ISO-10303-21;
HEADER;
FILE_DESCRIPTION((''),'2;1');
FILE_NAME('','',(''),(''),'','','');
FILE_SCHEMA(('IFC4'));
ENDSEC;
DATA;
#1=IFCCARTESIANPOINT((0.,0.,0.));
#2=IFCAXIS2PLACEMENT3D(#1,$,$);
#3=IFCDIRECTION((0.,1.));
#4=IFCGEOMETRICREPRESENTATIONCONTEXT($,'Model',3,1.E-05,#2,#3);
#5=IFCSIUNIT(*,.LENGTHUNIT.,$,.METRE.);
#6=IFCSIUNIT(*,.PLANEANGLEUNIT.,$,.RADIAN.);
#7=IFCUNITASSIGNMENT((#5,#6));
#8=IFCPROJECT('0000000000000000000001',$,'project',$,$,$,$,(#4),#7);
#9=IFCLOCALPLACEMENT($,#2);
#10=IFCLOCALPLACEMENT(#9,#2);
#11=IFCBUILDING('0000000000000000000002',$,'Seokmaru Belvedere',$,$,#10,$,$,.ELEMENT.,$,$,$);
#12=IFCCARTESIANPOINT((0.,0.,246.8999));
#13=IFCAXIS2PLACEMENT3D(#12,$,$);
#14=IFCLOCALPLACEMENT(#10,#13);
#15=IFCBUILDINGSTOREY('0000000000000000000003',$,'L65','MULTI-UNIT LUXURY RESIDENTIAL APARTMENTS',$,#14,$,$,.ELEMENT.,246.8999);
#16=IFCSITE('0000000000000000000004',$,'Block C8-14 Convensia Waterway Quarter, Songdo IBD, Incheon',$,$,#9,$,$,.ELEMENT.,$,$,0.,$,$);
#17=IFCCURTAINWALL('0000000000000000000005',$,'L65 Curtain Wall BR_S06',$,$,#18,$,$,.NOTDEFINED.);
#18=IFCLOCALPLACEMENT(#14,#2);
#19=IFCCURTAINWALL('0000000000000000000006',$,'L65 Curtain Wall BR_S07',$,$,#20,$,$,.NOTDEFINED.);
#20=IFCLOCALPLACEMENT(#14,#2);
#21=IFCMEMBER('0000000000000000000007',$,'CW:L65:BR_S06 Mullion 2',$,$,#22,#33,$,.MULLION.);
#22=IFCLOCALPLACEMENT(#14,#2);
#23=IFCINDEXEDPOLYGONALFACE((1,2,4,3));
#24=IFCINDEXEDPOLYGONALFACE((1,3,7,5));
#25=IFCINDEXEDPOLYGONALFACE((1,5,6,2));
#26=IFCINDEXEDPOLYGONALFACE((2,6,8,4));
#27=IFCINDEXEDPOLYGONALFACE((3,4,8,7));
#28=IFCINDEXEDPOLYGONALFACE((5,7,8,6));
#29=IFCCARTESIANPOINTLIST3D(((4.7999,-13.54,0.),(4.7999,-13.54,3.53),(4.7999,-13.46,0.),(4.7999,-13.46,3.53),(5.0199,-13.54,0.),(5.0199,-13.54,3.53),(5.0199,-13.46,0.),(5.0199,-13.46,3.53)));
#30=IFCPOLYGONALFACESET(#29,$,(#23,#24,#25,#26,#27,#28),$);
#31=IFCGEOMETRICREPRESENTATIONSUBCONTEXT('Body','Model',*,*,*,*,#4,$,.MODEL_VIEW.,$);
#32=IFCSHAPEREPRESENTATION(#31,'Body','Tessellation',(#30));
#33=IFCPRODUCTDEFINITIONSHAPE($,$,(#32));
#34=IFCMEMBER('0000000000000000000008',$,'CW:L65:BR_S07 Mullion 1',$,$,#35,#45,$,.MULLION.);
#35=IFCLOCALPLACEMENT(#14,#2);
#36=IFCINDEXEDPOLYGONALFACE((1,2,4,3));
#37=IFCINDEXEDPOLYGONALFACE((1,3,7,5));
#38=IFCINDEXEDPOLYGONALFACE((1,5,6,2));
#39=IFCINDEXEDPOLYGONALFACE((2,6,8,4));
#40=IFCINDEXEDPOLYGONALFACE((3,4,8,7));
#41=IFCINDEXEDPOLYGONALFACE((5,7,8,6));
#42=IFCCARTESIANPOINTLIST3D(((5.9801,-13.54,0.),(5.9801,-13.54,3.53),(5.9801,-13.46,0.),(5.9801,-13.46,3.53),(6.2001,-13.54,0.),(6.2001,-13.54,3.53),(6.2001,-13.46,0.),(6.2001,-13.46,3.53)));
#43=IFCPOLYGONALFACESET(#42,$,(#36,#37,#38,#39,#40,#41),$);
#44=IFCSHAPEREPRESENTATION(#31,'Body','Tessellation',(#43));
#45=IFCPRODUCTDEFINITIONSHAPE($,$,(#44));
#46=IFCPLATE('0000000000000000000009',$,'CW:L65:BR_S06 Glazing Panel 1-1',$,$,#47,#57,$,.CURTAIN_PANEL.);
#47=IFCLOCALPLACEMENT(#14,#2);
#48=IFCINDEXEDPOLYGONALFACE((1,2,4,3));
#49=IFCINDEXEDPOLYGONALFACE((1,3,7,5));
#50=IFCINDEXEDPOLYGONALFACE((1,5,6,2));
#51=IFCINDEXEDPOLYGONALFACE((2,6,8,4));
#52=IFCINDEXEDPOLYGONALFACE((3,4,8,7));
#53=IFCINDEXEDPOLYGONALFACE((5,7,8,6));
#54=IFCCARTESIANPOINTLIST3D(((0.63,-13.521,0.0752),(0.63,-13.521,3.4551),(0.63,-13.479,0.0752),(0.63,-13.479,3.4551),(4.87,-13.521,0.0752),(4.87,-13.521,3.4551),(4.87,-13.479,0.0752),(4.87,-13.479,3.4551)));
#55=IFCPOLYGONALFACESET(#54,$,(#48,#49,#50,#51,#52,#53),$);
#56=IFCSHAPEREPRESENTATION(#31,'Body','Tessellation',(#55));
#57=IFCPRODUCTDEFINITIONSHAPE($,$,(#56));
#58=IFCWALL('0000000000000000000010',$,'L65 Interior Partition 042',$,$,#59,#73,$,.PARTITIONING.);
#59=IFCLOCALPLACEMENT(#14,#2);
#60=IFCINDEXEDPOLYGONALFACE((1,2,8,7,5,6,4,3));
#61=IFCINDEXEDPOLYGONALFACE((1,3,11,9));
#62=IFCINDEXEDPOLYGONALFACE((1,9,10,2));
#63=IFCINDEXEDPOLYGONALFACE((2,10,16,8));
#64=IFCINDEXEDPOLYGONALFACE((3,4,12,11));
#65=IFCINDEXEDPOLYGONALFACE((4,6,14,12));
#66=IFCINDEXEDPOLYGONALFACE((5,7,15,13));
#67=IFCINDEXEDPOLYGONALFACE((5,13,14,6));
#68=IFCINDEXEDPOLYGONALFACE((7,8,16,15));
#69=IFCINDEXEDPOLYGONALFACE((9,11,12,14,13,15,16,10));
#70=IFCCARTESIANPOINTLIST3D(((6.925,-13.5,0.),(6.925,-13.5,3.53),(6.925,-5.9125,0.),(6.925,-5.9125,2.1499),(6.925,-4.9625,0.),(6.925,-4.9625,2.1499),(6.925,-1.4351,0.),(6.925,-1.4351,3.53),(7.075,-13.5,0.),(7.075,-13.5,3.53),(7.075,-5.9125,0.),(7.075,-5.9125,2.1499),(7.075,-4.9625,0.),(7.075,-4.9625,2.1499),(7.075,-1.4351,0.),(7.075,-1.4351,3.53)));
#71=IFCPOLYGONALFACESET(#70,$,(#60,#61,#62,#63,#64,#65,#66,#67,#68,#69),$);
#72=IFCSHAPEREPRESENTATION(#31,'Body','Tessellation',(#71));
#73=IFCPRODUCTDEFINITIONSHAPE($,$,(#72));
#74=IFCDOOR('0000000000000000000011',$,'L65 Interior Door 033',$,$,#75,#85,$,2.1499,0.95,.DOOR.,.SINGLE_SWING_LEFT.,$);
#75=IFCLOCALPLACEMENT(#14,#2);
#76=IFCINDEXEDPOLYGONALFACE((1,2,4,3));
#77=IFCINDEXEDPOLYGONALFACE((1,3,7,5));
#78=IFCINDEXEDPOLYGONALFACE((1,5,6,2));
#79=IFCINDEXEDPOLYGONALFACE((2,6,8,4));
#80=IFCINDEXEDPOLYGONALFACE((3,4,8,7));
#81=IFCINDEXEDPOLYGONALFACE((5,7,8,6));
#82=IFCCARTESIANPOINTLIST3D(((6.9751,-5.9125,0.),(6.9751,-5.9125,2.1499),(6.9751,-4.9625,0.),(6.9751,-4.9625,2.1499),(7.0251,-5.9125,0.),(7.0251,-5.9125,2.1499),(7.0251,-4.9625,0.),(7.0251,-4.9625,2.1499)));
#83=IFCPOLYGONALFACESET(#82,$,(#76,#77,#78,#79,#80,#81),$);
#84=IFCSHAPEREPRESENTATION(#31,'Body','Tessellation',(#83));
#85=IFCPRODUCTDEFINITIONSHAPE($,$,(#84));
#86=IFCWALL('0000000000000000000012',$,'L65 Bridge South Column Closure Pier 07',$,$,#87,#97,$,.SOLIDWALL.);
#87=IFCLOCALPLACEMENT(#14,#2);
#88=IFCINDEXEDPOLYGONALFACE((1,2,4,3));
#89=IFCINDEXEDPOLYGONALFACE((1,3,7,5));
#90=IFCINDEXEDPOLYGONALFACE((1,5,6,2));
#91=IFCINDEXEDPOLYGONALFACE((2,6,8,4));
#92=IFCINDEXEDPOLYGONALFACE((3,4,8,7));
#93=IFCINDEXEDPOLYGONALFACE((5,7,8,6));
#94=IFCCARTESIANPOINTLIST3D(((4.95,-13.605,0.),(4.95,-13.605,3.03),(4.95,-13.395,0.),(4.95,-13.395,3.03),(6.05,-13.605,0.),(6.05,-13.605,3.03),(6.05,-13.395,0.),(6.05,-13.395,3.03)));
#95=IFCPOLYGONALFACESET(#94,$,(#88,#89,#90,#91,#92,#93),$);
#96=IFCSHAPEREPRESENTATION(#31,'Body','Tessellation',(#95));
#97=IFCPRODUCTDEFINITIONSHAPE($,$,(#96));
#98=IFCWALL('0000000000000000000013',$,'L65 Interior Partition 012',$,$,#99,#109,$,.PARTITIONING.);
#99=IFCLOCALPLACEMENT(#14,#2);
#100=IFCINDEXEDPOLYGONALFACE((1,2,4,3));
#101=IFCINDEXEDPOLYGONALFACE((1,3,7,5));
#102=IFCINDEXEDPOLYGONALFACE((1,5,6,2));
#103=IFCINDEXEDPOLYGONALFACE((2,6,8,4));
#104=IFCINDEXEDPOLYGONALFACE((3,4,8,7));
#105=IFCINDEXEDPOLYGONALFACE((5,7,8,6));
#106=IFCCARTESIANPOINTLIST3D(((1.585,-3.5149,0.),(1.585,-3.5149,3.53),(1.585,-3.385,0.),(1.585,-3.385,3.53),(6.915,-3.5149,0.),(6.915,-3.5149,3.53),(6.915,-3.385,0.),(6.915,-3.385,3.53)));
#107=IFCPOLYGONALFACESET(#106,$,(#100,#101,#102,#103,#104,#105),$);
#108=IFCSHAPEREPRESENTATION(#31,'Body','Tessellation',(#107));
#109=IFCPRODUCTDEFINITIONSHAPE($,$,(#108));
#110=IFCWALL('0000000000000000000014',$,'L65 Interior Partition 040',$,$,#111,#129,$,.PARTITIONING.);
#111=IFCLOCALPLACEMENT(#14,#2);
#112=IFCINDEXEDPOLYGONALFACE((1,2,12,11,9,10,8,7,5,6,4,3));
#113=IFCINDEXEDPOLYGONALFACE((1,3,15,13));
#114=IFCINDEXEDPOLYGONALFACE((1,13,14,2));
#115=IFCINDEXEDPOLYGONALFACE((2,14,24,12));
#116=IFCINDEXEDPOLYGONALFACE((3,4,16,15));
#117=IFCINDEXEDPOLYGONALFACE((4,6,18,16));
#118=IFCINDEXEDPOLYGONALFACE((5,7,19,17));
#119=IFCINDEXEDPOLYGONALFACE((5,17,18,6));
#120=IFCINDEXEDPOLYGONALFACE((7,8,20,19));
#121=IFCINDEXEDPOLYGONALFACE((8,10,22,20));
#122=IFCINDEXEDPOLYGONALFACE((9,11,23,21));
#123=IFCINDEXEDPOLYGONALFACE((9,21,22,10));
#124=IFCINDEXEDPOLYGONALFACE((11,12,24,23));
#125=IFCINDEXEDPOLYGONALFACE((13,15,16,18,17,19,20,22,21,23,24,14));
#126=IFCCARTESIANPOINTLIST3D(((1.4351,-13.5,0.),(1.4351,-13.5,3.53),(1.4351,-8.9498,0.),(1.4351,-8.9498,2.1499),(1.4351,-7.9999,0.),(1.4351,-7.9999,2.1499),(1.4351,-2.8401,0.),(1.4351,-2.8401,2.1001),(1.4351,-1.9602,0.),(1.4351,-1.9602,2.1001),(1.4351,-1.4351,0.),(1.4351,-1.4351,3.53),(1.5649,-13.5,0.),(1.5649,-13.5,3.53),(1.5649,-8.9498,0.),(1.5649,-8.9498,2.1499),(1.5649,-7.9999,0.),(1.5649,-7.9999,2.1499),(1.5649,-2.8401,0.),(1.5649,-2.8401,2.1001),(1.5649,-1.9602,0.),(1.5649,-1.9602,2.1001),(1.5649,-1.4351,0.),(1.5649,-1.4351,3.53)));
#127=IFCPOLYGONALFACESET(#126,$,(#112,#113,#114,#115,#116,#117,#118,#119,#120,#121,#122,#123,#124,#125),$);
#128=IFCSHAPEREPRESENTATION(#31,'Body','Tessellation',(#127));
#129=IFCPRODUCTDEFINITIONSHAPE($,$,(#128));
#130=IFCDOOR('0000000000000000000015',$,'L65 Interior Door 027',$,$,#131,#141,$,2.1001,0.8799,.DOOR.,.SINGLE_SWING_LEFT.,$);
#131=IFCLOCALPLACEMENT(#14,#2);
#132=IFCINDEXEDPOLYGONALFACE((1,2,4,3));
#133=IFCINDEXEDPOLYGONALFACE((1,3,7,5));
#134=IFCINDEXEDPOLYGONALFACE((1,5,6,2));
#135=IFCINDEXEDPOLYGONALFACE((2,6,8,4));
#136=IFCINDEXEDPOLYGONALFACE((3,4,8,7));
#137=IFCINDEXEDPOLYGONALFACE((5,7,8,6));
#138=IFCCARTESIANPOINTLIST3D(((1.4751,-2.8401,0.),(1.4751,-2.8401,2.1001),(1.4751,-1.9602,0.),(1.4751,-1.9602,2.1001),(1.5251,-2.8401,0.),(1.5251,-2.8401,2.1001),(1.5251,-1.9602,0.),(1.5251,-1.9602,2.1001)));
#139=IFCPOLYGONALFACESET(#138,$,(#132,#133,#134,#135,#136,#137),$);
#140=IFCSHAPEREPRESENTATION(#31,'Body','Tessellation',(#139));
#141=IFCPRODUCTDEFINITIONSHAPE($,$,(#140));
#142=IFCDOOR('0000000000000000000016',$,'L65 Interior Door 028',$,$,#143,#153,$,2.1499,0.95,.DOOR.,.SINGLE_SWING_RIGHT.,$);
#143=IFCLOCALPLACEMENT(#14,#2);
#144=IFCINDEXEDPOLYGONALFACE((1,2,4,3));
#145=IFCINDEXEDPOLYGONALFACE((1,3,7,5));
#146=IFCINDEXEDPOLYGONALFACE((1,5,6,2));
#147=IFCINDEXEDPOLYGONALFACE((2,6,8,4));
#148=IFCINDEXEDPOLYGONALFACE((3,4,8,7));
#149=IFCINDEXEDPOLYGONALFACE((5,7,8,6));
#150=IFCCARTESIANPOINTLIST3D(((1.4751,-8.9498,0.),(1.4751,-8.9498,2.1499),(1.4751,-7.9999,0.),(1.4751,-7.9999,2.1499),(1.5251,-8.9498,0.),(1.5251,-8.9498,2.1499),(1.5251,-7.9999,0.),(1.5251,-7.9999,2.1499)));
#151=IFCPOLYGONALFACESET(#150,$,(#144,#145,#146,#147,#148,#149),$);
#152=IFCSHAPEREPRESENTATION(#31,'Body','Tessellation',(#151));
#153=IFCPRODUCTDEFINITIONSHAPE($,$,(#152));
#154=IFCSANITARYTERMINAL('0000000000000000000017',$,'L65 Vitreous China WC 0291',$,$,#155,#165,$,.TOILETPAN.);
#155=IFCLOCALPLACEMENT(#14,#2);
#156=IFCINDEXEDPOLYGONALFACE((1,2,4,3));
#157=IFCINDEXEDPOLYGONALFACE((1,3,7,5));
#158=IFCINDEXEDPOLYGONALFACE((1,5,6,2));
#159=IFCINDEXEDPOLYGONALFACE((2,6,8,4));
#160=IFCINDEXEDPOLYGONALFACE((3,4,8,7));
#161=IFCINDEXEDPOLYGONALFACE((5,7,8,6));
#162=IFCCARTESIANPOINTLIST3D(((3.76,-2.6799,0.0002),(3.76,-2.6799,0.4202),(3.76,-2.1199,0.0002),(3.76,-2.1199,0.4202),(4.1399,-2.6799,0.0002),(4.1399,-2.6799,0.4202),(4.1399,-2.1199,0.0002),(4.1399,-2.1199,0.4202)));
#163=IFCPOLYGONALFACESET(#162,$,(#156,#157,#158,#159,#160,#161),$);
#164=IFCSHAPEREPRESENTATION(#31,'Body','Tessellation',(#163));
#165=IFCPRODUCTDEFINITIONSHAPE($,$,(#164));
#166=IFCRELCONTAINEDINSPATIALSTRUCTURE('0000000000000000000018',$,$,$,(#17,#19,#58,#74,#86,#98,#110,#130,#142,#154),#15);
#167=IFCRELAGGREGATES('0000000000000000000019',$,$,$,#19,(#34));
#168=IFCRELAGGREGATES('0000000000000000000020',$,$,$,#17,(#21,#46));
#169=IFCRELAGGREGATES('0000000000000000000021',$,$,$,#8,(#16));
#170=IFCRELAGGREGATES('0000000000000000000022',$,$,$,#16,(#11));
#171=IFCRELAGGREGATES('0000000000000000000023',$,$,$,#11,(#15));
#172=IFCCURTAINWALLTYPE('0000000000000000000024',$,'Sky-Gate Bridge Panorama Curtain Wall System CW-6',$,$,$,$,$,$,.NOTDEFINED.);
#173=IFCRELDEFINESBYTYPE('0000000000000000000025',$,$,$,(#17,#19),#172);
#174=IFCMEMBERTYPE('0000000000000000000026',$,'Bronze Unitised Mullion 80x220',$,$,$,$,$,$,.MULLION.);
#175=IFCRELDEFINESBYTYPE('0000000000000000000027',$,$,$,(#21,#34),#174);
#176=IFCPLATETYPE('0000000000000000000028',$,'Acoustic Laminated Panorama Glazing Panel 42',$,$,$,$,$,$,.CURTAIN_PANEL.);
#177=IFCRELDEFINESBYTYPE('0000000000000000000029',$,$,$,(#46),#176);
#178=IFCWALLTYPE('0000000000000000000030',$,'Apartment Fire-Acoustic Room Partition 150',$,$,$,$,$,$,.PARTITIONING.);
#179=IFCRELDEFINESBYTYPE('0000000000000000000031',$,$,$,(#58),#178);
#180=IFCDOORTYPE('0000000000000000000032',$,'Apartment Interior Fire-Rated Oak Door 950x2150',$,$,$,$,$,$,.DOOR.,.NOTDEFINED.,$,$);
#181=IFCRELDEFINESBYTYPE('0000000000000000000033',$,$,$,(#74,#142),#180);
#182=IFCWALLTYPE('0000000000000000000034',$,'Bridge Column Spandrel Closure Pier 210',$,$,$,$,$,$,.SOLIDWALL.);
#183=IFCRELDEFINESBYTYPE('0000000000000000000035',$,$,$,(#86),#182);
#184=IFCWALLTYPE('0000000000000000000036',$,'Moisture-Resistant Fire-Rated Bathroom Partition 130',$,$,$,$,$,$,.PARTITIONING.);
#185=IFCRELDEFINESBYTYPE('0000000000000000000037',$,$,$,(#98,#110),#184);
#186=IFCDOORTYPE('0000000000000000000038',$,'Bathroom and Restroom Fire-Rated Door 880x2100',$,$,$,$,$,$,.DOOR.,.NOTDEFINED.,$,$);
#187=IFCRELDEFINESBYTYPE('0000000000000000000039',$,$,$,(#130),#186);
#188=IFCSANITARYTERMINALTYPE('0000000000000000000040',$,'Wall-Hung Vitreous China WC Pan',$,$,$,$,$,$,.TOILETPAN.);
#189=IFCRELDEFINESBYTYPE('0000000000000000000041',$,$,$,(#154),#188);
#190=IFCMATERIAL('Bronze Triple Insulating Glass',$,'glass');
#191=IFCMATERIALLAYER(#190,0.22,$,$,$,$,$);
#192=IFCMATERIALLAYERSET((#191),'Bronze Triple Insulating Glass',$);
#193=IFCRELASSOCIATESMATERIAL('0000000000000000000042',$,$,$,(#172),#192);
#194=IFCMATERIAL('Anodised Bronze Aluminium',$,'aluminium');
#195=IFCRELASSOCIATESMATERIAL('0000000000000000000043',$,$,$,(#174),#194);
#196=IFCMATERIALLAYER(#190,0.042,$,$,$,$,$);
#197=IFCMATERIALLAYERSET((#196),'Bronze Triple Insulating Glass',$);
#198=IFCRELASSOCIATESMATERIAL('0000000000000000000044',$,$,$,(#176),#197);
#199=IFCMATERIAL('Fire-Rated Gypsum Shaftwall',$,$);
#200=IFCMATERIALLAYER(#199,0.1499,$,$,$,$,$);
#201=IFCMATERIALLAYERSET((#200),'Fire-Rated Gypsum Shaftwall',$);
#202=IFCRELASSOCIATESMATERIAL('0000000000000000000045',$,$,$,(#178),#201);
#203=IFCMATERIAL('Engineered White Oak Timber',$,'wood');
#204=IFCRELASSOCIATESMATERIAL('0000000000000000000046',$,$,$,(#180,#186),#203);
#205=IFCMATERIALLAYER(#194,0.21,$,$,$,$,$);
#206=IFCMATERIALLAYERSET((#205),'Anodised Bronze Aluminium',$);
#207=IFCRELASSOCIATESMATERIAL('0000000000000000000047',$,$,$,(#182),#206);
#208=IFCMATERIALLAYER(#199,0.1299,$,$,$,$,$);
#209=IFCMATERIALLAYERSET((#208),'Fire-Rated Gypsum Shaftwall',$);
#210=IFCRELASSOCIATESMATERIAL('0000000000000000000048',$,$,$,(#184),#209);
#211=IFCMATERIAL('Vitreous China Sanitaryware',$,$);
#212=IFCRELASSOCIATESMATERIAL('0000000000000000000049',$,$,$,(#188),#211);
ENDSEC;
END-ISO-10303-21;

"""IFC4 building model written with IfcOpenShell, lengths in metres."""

from ifc_helpers import new_model, si_unit, direction, frame, frame_2d, origin, origin_2d, place, context, subcontext, project, spatial, rectangle, extrude, source, transform, mapped, material, layer, layer_set, material_profile, profile_set, type_object, type_shapes, element, fill, aggregate, save


model = new_model("IFC4")

# Units and contexts
model_context = context("Model", 3, precision=1e-05, world=origin(), true_north=direction((0.0, 1.0)))
body_context = subcontext(model_context, "Body", "Model", "MODEL_VIEW")
ifc_project = project(units=[si_unit("LENGTHUNIT", "METRE"), si_unit("PLANEANGLEUNIT", "RADIAN")], contexts=[model_context])

# Site, building, storey
site_placement = place(None, origin())
site = spatial("IfcSite", under=ifc_project, at=site_placement, Name="Block C8-14 Convensia Waterway Quarter, Songdo IBD, Incheon", CompositionType="ELEMENT", RefElevation=0.0)
building_placement = place(site_placement, origin())
building = spatial("IfcBuilding", under=site, at=building_placement, Name="Seokmaru Belvedere", CompositionType="ELEMENT")
storey_placement = place(building_placement, frame((0.0, 0.0, 246.8999)))
storey = spatial("IfcBuildingStorey", under=building, at=storey_placement, Name="L65", Description="MULTI-UNIT LUXURY RESIDENTIAL APARTMENTS", CompositionType="ELEMENT", Elevation=246.8999)

# Curtain walls
ifc_material_1 = material(Name="Bronze Triple Insulating Glass", Category="glass")
ifc_layer_1 = layer(ifc_material_1, 0.22)
ifc_layer_set_1 = layer_set([ifc_layer_1], Name="Bronze Triple Insulating Glass")
curtain_wall_type = type_object("IfcCurtainWallType", Name="Sky-Gate Bridge Panorama Curtain Wall System CW-6", PredefinedType="NOTDEFINED", material=ifc_layer_set_1)
curtain_wall_1_placement = place(storey_placement, origin())
curtain_wall_1 = element("IfcCurtainWall", 1, at=curtain_wall_1_placement, inside=storey, type_object=curtain_wall_type, Name="L65 Curtain Wall BR_S06", PredefinedType="NOTDEFINED")
ifc_material_2 = material(Name="Anodised Bronze Aluminium", Category="aluminium")
curtain_wall_2_placement = place(storey_placement, origin())
curtain_wall_2 = element("IfcCurtainWall", 2, at=curtain_wall_2_placement, inside=storey, type_object=curtain_wall_type, Name="L65 Curtain Wall BR_S07", PredefinedType="NOTDEFINED")

# Members
ifc_material_profile_1 = material_profile(ifc_material_2, rectangle(XDim=0.0801, YDim=0.22, at=origin_2d()), Name="CW-M-80x220")
ifc_profile_set_1 = profile_set([ifc_material_profile_1], Name="Anodised Bronze Aluminium")
member_type_1 = type_object("IfcMemberType", Name="Bronze Unitised Mullion 80x220", PredefinedType="MULLION", material=ifc_profile_set_1)
shared_shape_1 = source(origin(), body_context, "Body", "SweptSolid", [
    extrude(rectangle(XDim=0.0801, YDim=0.22, at=origin_2d()), origin(), (0.0, 0.0, 1.0), 3.53),
])
type_shapes(member_type_1, [shared_shape_1])
member_1_placement = place(storey_placement, frame((4.9099, -13.5, 0.0), z_axis=(0.0, 0.0, 1.0), x_axis=(0.0, 1.0, 0.0)))
member_1 = element("IfcMember", 3, at=member_1_placement, type_object=member_type_1, Name="CW:L65:BR_S06 Mullion 2", PredefinedType="MULLION", context=body_context, shape_type="MappedRepresentation", body=[
    mapped(shared_shape_1, transform((0.0, 0.0, 0.0), scale=1.0)),
])
member_2_placement = place(storey_placement, frame((6.0901, -13.5, 0.0), z_axis=(0.0, 0.0, 1.0), x_axis=(0.0, 1.0, 0.0)))
member_2 = element("IfcMember", 4, at=member_2_placement, type_object=member_type_1, Name="CW:L65:BR_S07 Mullion 1", PredefinedType="MULLION", context=body_context, shape_type="MappedRepresentation", body=[
    mapped(shared_shape_1, transform((0.0, 0.0, 0.0), scale=1.0)),
])
aggregate(curtain_wall_2, [member_2])

# Plate
ifc_layer_2 = layer(ifc_material_1, 0.042)
ifc_layer_set_2 = layer_set([ifc_layer_2], Name="Bronze Triple Insulating Glass")
plate_type = type_object("IfcPlateType", Name="Acoustic Laminated Panorama Glazing Panel 42", PredefinedType="CURTAIN_PANEL", material=ifc_layer_set_2)
shared_shape_2 = source(origin(), body_context, "Body", "SweptSolid", [
    extrude(rectangle(XDim=4.24, YDim=0.042, at=origin_2d()), origin(), (0.0, 0.0, 1.0), 3.3799),
])
type_shapes(plate_type, [shared_shape_2])
plate_placement = place(storey_placement, frame((2.75, -13.5, 0.0752), z_axis=(0.0, 0.0, 1.0), x_axis=(1.0, 0.0, 0.0)))
plate = element("IfcPlate", 5, at=plate_placement, type_object=plate_type, Name="CW:L65:BR_S06 Glazing Panel 1-1", PredefinedType="CURTAIN_PANEL", context=body_context, shape_type="MappedRepresentation", body=[
    mapped(shared_shape_2, transform((0.0, 0.0, 0.0), scale=1.0)),
])
aggregate(curtain_wall_1, [member_1, plate])

# Wall, opening, door
ifc_material_3 = material(Name="Fire-Rated Gypsum Shaftwall")
ifc_layer_3 = layer(ifc_material_3, 0.1499)
ifc_layer_set_3 = layer_set([ifc_layer_3], Name="Fire-Rated Gypsum Shaftwall")
wall_type_1 = type_object("IfcWallType", Name="Apartment Fire-Acoustic Room Partition 150", PredefinedType="PARTITIONING", material=ifc_layer_set_3)
wall_1_placement = place(storey_placement, frame((7.0, -13.5, 0.0), z_axis=(0.0, 0.0, 1.0), x_axis=(0.0, 1.0, 0.0)))
wall_1 = element("IfcWall", 6, at=wall_1_placement, inside=storey, type_object=wall_type_1, Name="L65 Interior Partition 042", PredefinedType="PARTITIONING", context=body_context, shape_type="SweptSolid", body=[
    extrude(rectangle(XDim=12.0649, YDim=0.1499, at=frame_2d((6.0325, 0.0))), origin(), (0.0, 0.0, 1.0), 3.53),
])
opening_1_placement = place(wall_1_placement, frame((7.5874, 0.0, 0.0)))
opening_1 = element("IfcOpeningElement", 7, at=opening_1_placement, cuts=wall_1, PredefinedType="OPENING", context=body_context, shape_type="SweptSolid", body=[
    extrude(rectangle(XDim=0.95, YDim=2.1499, at=frame_2d((0.4751, 1.075))), frame((0.0, 0.085, 0.0), z_axis=(0.0, -1.0, 0.0), x_axis=(1.0, 0.0, 0.0)), (0.0, 0.0, 1.0), 0.1699),
])
ifc_material_4 = material(Name="Engineered White Oak Timber", Category="wood")
door_type_1 = type_object("IfcDoorType", Name="Apartment Interior Fire-Rated Oak Door 950x2150", OperationType="NOTDEFINED", PredefinedType="DOOR", material=ifc_material_4)
shared_shape_3 = source(origin(), body_context, "Body", "SweptSolid", [
    extrude(rectangle(XDim=0.95, YDim=2.1499, at=frame_2d((0.4751, 1.075))), frame((0.0, 0.0249, 0.0), z_axis=(0.0, -1.0, 0.0), x_axis=(1.0, 0.0, 0.0)), (0.0, 0.0, 1.0), 0.05),
])
type_shapes(door_type_1, [shared_shape_3])
door_1_placement = place(opening_1_placement, origin())
door_1 = element("IfcDoor", 8, at=door_1_placement, inside=storey, type_object=door_type_1, Name="L65 Interior Door 033", OperationType="SINGLE_SWING_LEFT", OverallHeight=2.1499, OverallWidth=0.95, PredefinedType="DOOR", context=body_context, shape_type="MappedRepresentation", body=[
    mapped(shared_shape_3, transform((0.0, 0.0, 0.0), scale=1.0)),
])
fill(opening_1, door_1)

# Walls
ifc_layer_4 = layer(ifc_material_2, 0.21)
ifc_layer_set_4 = layer_set([ifc_layer_4], Name="Anodised Bronze Aluminium")
wall_type_2 = type_object("IfcWallType", Name="Bridge Column Spandrel Closure Pier 210", PredefinedType="SOLIDWALL", material=ifc_layer_set_4)
wall_2_placement = place(storey_placement, frame((4.95, -13.5, 0.0), z_axis=(0.0, 0.0, 1.0), x_axis=(1.0, 0.0, 0.0)))
element("IfcWall", 9, at=wall_2_placement, inside=storey, type_object=wall_type_2, Name="L65 Bridge South Column Closure Pier 07", PredefinedType="SOLIDWALL", context=body_context, shape_type="SweptSolid", body=[
    extrude(rectangle(XDim=1.1001, YDim=0.21, at=frame_2d((0.55, 0.0))), origin(), (0.0, 0.0, 1.0), 3.03),
])
ifc_layer_5 = layer(ifc_material_3, 0.1299)
ifc_layer_set_5 = layer_set([ifc_layer_5], Name="Fire-Rated Gypsum Shaftwall")
wall_type_3 = type_object("IfcWallType", Name="Moisture-Resistant Fire-Rated Bathroom Partition 130", PredefinedType="PARTITIONING", material=ifc_layer_set_5)
wall_3_placement = place(storey_placement, frame((1.585, -3.45, 0.0), z_axis=(0.0, 0.0, 1.0), x_axis=(1.0, 0.0, 0.0)))
element("IfcWall", 10, at=wall_3_placement, inside=storey, type_object=wall_type_3, Name="L65 Interior Partition 012", PredefinedType="PARTITIONING", context=body_context, shape_type="SweptSolid", body=[
    extrude(rectangle(XDim=5.3301, YDim=0.1299, at=frame_2d((2.665, 0.0))), origin(), (0.0, 0.0, 1.0), 3.53),
])

# Wall, openings, doors
wall_4_placement = place(storey_placement, frame((1.5, -13.5, 0.0), z_axis=(0.0, 0.0, 1.0), x_axis=(0.0, 1.0, 0.0)))
wall_4 = element("IfcWall", 11, at=wall_4_placement, inside=storey, type_object=wall_type_3, Name="L65 Interior Partition 040", PredefinedType="PARTITIONING", context=body_context, shape_type="SweptSolid", body=[
    extrude(rectangle(XDim=12.0649, YDim=0.1299, at=frame_2d((6.0325, 0.0))), origin(), (0.0, 0.0, 1.0), 3.53),
])
opening_2_placement = place(wall_4_placement, frame((10.6599, 0.0, 0.0)))
opening_2 = element("IfcOpeningElement", 12, at=opening_2_placement, cuts=wall_4, PredefinedType="OPENING", context=body_context, shape_type="SweptSolid", body=[
    extrude(rectangle(XDim=0.8799, YDim=2.1001, at=frame_2d((0.4399, 1.05))), frame((0.0, 0.075, 0.0), z_axis=(0.0, -1.0, 0.0), x_axis=(1.0, 0.0, 0.0)), (0.0, 0.0, 1.0), 0.1499),
])
opening_3_placement = place(wall_4_placement, frame((4.55, 0.0, 0.0)))
opening_3 = element("IfcOpeningElement", 13, at=opening_3_placement, cuts=wall_4, PredefinedType="OPENING", context=body_context, shape_type="SweptSolid", body=[
    extrude(rectangle(XDim=0.95, YDim=2.1499, at=frame_2d((0.4751, 1.075))), frame((0.0, 0.075, 0.0), z_axis=(0.0, -1.0, 0.0), x_axis=(1.0, 0.0, 0.0)), (0.0, 0.0, 1.0), 0.1499),
])
door_type_2 = type_object("IfcDoorType", Name="Bathroom and Restroom Fire-Rated Door 880x2100", OperationType="NOTDEFINED", PredefinedType="DOOR", material=ifc_material_4)
shared_shape_4 = source(origin(), body_context, "Body", "SweptSolid", [
    extrude(rectangle(XDim=0.8799, YDim=2.1001, at=frame_2d((0.4399, 1.05))), frame((0.0, 0.0249, 0.0), z_axis=(0.0, -1.0, 0.0), x_axis=(1.0, 0.0, 0.0)), (0.0, 0.0, 1.0), 0.05),
])
type_shapes(door_type_2, [shared_shape_4])
door_2_placement = place(opening_2_placement, origin())
door_2 = element("IfcDoor", 14, at=door_2_placement, inside=storey, type_object=door_type_2, Name="L65 Interior Door 027", OperationType="SINGLE_SWING_LEFT", OverallHeight=2.1001, OverallWidth=0.8799, PredefinedType="DOOR", context=body_context, shape_type="MappedRepresentation", body=[
    mapped(shared_shape_4, transform((0.0, 0.0, 0.0), scale=1.0)),
])
fill(opening_2, door_2)
door_3_placement = place(opening_3_placement, origin())
door_3 = element("IfcDoor", 15, at=door_3_placement, inside=storey, type_object=door_type_1, Name="L65 Interior Door 028", OperationType="SINGLE_SWING_RIGHT", OverallHeight=2.1499, OverallWidth=0.95, PredefinedType="DOOR", context=body_context, shape_type="MappedRepresentation", body=[
    mapped(shared_shape_3, transform((0.0, 0.0, 0.0), scale=1.0)),
])
fill(opening_3, door_3)

# Sanitary terminal
ifc_material_5 = material(Name="Vitreous China Sanitaryware")
sanitary_terminal_type_1 = type_object("IfcSanitaryTerminalType", Name="Wall-Hung Vitreous China WC Pan", PredefinedType="TOILETPAN", material=ifc_material_5)
shared_shape_5 = source(origin(), body_context, "Body", "SweptSolid", [
    extrude(rectangle(XDim=0.3799, YDim=0.5601, at=origin_2d()), origin(), (0.0, 0.0, 1.0), 0.4199),
])
type_shapes(sanitary_terminal_type_1, [shared_shape_5])
sanitary_terminal_1_placement = place(storey_placement, frame((3.95, -2.3999, 0.0002), z_axis=(0.0, 0.0, 1.0), x_axis=(1.0, 0.0, 0.0)))
element("IfcSanitaryTerminal", 16, at=sanitary_terminal_1_placement, inside=storey, type_object=sanitary_terminal_type_1, Name="L65 Vitreous China WC 0291", PredefinedType="TOILETPAN", context=body_context, shape_type="MappedRepresentation", body=[
    mapped(shared_shape_5, transform((0.0, 0.0, 0.0), scale=1.0)),
])

save(model, "model.ifc")
